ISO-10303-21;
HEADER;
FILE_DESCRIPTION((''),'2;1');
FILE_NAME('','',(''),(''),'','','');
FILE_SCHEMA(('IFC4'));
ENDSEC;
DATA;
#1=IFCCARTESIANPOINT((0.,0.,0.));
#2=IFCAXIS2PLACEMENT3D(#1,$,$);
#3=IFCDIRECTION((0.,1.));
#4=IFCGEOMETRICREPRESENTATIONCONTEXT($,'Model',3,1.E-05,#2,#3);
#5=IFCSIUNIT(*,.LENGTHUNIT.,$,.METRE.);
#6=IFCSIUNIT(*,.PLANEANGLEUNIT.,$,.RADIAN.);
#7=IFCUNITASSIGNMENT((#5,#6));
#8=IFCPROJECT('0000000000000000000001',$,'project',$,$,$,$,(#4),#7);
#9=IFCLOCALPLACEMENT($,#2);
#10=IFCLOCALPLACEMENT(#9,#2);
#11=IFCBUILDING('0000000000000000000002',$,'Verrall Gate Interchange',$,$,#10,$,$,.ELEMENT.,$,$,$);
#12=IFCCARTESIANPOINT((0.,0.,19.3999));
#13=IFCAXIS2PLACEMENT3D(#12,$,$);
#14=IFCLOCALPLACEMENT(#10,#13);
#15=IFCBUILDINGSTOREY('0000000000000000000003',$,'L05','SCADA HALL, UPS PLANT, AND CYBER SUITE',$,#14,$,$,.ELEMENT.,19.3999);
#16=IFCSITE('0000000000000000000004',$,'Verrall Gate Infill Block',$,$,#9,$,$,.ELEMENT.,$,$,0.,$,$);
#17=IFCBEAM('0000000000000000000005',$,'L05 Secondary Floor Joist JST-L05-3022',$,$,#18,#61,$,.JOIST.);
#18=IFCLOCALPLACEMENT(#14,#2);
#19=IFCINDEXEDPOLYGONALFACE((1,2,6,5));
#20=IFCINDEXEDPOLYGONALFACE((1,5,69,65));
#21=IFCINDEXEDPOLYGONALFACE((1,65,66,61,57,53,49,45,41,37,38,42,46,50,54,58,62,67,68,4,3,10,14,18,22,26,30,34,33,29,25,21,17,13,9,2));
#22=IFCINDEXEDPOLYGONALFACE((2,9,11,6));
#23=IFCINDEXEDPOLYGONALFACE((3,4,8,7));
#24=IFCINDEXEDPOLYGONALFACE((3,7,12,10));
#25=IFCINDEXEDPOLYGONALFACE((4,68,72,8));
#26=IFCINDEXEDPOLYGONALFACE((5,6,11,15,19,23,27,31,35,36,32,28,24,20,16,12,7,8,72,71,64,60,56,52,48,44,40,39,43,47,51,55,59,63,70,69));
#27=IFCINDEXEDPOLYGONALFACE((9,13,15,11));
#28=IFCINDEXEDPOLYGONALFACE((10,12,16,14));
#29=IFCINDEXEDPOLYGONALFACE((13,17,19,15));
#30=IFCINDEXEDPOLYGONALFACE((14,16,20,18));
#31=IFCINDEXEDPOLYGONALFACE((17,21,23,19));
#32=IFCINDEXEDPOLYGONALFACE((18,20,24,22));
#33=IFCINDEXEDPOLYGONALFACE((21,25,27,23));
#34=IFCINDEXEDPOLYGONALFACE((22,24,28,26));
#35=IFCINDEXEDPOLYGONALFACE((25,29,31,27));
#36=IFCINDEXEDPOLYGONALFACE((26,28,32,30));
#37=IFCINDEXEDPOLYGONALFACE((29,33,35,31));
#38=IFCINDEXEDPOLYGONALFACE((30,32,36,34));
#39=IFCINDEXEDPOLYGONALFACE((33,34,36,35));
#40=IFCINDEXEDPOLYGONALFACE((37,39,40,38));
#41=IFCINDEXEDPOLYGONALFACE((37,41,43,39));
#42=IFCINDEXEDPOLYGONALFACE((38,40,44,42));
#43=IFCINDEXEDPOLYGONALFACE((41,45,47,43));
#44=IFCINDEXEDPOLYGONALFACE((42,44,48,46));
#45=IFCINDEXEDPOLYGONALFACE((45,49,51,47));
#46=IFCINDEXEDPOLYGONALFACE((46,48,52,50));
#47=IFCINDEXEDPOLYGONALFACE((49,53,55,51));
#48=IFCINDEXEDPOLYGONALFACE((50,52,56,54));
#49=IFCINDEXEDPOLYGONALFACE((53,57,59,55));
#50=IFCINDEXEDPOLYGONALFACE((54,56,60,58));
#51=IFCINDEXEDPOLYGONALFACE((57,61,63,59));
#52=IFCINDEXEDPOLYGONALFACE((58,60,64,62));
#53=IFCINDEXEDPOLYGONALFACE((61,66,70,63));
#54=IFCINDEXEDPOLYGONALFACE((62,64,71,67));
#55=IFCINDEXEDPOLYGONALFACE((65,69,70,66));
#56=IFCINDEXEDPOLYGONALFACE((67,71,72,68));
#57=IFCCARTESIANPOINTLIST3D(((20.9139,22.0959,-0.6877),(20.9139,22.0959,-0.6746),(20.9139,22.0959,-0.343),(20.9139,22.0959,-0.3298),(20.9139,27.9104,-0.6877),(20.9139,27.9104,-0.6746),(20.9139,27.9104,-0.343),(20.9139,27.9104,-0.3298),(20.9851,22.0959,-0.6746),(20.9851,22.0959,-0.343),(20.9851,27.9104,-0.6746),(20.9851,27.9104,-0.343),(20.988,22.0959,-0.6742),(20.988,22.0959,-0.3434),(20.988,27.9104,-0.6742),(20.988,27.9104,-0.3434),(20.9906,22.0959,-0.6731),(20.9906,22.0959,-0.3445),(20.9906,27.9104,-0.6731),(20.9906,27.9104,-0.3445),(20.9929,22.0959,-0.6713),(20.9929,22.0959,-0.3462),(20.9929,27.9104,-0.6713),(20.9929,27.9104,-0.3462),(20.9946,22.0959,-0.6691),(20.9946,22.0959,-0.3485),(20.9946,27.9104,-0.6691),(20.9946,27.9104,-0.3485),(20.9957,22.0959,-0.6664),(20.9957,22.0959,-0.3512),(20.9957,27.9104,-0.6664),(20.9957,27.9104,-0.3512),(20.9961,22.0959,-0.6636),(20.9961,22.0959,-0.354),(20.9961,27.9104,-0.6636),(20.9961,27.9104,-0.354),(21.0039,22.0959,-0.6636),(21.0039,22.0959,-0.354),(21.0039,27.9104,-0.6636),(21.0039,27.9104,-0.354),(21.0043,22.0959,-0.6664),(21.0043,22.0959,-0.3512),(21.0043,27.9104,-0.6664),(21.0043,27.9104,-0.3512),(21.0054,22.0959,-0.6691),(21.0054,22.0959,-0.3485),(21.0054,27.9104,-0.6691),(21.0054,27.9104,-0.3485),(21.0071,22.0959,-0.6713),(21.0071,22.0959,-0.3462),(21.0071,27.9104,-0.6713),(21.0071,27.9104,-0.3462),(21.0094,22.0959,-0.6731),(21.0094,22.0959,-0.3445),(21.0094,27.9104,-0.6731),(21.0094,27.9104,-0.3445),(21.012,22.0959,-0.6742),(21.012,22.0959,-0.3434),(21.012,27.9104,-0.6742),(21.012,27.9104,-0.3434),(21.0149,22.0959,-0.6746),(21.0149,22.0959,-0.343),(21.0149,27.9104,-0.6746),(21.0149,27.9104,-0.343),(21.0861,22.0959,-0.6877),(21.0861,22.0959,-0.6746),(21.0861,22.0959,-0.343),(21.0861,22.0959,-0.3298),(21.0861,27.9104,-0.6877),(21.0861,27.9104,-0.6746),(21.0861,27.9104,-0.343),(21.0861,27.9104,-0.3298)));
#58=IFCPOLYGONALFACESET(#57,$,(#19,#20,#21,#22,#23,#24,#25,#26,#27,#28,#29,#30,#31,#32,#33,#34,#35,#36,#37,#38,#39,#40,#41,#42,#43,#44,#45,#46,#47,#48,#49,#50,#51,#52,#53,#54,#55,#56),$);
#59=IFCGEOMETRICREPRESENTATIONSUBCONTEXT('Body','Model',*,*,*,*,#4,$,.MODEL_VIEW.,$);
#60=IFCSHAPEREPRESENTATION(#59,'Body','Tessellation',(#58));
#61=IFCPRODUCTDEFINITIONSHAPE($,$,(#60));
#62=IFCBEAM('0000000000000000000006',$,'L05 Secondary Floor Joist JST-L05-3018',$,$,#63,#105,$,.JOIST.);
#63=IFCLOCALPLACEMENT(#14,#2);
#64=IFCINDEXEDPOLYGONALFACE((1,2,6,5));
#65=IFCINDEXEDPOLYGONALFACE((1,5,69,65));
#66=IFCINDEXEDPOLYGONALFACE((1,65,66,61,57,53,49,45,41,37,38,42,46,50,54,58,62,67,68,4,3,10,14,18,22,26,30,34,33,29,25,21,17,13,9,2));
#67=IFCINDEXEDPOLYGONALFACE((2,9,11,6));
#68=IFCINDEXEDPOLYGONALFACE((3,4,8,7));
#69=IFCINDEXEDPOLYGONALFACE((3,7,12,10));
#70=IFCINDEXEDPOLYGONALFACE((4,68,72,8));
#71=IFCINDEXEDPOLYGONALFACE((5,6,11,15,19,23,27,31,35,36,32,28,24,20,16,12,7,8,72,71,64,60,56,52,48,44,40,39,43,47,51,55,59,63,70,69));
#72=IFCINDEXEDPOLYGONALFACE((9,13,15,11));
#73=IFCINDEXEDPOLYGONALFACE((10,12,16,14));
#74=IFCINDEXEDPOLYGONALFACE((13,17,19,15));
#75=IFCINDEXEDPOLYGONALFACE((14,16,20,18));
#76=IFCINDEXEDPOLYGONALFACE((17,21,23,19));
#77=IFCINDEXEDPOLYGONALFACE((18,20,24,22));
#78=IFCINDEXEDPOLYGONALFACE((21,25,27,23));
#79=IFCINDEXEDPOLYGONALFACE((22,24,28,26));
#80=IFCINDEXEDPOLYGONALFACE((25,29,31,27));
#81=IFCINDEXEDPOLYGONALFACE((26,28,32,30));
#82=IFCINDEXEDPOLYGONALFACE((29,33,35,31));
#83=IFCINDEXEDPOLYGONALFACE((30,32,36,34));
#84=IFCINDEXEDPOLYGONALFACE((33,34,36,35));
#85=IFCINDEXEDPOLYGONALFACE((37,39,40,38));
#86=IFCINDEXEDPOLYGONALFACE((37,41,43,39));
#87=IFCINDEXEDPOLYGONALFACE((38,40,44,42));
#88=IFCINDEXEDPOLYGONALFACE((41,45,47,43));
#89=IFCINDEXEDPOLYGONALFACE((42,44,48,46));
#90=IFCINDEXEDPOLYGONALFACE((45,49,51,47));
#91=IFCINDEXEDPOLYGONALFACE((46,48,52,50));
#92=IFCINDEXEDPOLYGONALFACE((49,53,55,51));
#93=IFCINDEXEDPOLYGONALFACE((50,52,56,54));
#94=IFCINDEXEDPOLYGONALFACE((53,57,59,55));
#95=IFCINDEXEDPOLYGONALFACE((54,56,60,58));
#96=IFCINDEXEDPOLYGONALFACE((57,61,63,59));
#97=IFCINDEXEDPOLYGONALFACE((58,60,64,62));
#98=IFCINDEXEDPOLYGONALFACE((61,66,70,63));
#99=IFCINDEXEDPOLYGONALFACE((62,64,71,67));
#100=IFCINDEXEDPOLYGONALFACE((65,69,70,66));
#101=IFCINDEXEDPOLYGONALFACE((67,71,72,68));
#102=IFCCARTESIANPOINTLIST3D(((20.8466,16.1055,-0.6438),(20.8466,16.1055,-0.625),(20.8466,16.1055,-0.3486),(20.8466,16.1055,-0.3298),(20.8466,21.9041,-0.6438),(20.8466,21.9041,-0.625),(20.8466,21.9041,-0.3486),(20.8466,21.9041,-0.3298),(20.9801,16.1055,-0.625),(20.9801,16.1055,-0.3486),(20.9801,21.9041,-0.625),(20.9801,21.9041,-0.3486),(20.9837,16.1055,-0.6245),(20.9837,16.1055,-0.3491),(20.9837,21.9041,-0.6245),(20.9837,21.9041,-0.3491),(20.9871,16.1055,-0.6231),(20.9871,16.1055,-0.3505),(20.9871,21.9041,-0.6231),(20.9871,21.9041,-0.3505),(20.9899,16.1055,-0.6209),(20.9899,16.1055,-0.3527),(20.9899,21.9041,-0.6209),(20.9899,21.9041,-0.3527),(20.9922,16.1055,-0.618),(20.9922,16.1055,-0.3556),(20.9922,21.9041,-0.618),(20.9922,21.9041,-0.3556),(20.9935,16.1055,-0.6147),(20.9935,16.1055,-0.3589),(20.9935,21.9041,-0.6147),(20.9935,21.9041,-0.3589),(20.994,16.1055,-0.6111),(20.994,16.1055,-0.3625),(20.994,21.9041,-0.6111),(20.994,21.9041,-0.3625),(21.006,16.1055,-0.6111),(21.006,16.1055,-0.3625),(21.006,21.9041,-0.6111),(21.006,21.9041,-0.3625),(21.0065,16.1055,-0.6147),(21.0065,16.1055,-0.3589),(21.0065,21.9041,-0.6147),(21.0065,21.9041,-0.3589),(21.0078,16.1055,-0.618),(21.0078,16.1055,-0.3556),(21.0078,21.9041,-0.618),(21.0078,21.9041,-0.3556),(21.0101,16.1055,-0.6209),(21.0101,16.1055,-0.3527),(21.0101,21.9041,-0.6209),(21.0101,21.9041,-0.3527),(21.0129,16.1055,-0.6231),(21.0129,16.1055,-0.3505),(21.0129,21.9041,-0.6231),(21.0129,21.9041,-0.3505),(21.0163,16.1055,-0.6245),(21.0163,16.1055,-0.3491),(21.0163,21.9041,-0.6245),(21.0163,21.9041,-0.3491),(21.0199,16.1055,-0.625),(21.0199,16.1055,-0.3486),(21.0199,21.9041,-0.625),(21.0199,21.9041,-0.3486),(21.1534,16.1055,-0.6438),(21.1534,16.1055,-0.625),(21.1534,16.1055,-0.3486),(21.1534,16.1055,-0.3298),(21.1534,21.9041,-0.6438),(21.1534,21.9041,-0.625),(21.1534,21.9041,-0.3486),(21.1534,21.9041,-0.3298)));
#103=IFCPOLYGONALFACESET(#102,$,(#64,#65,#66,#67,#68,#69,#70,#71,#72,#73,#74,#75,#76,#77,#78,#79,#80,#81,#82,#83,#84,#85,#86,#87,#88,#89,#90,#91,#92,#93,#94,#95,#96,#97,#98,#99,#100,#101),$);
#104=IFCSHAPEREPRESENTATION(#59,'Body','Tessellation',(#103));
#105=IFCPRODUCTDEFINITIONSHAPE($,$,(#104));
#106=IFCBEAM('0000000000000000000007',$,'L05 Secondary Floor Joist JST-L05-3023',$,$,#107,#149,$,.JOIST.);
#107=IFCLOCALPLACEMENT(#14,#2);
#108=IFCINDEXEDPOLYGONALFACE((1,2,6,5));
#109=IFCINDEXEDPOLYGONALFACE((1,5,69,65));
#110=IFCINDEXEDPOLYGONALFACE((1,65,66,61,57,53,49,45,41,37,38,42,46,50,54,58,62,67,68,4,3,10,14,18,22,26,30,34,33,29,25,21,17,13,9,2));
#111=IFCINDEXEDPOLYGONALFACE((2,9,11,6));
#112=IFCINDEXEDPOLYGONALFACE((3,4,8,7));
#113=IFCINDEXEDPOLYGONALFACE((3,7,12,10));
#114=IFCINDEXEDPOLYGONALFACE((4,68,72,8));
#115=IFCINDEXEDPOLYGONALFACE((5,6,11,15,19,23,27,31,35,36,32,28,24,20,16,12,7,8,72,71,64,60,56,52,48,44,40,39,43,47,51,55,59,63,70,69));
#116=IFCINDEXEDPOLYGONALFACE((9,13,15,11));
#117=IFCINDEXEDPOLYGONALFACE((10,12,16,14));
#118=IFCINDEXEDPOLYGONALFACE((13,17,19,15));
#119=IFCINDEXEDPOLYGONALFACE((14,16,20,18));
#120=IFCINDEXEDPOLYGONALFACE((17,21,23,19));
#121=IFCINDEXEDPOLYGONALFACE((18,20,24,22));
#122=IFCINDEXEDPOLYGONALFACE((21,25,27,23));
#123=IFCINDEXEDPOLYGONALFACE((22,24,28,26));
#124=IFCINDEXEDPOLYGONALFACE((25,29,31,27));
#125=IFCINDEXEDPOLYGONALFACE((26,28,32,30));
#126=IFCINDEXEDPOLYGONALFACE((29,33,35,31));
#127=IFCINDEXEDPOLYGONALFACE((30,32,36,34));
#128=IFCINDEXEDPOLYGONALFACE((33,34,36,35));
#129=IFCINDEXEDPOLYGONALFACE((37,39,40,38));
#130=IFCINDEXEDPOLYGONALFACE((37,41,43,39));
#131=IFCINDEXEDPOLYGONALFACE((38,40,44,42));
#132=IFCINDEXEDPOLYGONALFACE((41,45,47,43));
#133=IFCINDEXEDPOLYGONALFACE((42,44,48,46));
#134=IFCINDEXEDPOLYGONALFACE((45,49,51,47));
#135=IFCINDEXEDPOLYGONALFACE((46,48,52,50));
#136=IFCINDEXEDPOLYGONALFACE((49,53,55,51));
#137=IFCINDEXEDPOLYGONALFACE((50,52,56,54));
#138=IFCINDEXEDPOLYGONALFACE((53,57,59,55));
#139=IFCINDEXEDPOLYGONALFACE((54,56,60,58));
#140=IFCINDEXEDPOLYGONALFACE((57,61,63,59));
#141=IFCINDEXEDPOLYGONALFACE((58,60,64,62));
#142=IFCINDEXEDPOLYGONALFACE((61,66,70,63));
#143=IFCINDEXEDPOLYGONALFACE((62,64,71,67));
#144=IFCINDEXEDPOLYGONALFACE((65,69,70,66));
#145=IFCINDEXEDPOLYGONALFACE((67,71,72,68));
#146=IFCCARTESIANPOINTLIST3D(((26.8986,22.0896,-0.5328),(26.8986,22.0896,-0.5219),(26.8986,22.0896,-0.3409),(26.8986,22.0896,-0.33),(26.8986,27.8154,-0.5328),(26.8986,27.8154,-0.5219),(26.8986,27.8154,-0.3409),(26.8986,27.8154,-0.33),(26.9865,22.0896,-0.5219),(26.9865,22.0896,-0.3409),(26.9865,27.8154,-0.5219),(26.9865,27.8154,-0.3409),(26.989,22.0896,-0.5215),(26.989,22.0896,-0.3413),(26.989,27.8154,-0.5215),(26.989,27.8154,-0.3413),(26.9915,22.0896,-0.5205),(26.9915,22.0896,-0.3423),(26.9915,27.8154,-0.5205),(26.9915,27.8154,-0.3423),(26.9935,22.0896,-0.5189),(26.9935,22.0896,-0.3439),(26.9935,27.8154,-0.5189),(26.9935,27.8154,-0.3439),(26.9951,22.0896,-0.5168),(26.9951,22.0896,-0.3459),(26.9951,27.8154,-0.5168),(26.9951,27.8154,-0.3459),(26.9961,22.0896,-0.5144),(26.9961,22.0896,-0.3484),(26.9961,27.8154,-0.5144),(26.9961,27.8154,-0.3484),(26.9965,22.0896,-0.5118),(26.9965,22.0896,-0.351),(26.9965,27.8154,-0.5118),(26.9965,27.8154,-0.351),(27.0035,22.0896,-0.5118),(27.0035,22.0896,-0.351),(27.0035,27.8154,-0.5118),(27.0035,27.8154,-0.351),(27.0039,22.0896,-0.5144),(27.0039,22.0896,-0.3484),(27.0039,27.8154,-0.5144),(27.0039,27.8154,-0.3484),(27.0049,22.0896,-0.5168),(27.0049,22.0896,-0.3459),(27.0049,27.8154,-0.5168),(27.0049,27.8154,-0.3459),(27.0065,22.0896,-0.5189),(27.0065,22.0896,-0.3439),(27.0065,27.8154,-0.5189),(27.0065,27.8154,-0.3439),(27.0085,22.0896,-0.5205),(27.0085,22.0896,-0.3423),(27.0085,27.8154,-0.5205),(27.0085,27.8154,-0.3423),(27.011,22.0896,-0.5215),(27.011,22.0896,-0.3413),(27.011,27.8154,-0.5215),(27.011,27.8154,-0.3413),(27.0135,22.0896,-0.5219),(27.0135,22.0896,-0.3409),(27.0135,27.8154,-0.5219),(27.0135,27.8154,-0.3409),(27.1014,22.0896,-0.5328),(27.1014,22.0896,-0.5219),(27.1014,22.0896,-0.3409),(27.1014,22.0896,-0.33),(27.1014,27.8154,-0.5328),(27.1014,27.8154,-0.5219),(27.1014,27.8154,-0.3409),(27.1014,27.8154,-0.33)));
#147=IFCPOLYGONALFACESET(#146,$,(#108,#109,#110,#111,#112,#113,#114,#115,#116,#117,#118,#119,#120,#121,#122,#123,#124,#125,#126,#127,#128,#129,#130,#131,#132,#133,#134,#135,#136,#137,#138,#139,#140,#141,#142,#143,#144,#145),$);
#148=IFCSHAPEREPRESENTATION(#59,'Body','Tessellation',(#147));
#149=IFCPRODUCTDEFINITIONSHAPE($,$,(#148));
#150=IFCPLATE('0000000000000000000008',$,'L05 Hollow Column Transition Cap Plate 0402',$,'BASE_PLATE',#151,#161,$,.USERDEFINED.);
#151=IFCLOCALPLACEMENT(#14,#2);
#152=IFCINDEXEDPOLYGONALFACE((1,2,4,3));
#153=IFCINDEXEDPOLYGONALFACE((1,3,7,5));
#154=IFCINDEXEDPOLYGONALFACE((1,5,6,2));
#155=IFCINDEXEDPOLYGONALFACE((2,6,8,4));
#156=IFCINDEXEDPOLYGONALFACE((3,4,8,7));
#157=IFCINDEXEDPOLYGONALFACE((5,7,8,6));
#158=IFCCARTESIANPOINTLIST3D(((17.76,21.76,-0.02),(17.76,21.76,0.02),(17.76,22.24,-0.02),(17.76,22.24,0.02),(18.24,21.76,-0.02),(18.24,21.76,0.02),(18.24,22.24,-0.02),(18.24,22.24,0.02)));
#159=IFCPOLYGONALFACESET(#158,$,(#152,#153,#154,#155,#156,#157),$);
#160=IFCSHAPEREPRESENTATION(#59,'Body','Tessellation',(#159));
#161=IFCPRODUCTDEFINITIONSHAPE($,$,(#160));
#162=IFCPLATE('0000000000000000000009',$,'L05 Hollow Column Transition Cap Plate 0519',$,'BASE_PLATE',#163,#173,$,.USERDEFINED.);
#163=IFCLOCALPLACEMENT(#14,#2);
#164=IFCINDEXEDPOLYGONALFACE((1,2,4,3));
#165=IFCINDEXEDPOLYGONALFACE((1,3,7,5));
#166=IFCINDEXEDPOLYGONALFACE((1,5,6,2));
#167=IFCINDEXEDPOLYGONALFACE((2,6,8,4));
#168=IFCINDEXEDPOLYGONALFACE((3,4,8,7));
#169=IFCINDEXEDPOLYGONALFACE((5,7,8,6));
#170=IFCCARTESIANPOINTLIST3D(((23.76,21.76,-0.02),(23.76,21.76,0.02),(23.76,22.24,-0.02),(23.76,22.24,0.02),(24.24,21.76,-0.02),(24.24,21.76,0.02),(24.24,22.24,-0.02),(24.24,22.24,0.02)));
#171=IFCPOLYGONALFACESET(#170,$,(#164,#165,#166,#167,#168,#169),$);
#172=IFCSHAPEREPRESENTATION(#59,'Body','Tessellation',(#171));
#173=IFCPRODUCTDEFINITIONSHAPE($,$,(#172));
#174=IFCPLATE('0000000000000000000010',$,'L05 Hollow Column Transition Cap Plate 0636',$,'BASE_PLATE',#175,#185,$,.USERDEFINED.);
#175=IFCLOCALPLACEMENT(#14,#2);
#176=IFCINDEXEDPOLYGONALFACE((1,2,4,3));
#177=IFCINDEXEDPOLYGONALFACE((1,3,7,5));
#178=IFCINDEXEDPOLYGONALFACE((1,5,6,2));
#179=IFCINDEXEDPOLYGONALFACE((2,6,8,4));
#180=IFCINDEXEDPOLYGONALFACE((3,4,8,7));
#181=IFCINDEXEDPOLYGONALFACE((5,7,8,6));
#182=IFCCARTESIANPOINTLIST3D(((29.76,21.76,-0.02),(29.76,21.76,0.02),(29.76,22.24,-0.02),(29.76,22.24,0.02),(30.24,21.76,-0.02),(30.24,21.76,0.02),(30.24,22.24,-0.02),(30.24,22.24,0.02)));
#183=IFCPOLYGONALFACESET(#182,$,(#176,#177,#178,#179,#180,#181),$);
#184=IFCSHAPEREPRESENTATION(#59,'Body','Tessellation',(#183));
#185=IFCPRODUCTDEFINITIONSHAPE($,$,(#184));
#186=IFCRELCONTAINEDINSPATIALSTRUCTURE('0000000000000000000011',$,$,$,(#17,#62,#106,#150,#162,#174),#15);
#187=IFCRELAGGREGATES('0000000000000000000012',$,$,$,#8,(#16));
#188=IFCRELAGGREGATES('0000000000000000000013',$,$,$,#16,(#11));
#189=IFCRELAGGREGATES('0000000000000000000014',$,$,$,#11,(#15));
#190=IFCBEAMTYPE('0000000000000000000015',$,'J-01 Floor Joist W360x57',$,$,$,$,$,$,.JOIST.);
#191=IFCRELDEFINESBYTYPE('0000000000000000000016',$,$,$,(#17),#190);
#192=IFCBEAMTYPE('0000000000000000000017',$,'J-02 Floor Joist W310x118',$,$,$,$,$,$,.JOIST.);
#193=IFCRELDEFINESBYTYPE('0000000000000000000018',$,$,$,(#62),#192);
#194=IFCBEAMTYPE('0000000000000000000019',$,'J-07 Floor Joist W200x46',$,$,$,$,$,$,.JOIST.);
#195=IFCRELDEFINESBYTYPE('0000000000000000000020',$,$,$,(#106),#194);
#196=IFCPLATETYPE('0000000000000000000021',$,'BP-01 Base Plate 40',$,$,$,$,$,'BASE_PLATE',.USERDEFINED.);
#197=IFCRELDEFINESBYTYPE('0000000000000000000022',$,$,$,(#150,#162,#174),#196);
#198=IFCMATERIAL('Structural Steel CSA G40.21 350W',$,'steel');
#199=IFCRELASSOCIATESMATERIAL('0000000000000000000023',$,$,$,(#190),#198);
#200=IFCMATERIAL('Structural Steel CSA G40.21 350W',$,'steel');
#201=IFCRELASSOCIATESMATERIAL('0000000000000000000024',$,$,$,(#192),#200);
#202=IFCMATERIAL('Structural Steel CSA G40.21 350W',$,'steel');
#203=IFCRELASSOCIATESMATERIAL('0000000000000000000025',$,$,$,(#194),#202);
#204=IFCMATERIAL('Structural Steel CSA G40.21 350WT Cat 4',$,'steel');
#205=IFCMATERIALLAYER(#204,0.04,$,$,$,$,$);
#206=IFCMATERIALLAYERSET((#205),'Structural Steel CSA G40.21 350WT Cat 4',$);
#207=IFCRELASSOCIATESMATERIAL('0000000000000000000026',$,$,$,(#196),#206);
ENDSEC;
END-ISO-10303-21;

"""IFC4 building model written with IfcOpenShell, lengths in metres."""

from ifc_helpers import new_model, si_unit, direction, frame, origin, origin_2d, place, context, subcontext, project, spatial, rectangle, i_section, extrude, material, layer, layer_set, material_profile, profile_set, type_object, element, save


model = new_model("IFC4")

# Units and contexts
model_context = context("Model", 3, precision=1e-05, world=origin(), true_north=direction((0.0, 1.0)))
body_context = subcontext(model_context, "Body", "Model", "MODEL_VIEW")
ifc_project = project(units=[si_unit("LENGTHUNIT", "METRE"), si_unit("PLANEANGLEUNIT", "RADIAN")], contexts=[model_context])

# Site, building, storey
site_placement = place(None, origin())
site = spatial("IfcSite", under=ifc_project, at=site_placement, Name="Verrall Gate Infill Block", CompositionType="ELEMENT", RefElevation=0.0)
building_placement = place(site_placement, origin())
building = spatial("IfcBuilding", under=site, at=building_placement, Name="Verrall Gate Interchange", CompositionType="ELEMENT")
storey_placement = place(building_placement, frame((0.0, 0.0, 19.3999)))
storey = spatial("IfcBuildingStorey", under=building, at=storey_placement, Name="L05", Description="SCADA HALL, UPS PLANT, AND CYBER SUITE", CompositionType="ELEMENT", Elevation=19.3999)

# Beams
ifc_material_1 = material(Name="Structural Steel CSA G40.21 350W", Category="steel")
ifc_material_profile_1 = material_profile(ifc_material_1, i_section(OverallWidth=0.1721, OverallDepth=0.3579, WebThickness=0.0078, FlangeThickness=0.0132, FilletRadius=0.011, at=origin_2d()), Name="W360x57")
ifc_profile_set_1 = profile_set([ifc_material_profile_1], Name="Structural Steel CSA G40.21 350W")
beam_type_1 = type_object("IfcBeamType", Name="J-01 Floor Joist W360x57", PredefinedType="JOIST", material=ifc_profile_set_1)
for number, where, z_axis, x_axis, name in (
    (1, (21.0, 22.0959, -0.5088), (0.0, 1.0, 0.0), (-1.0, 0.0, 0.0), "L05 Secondary Floor Joist JST-L05-3022"),
):
    element("IfcBeam", number, at=place(storey_placement, frame(where, z_axis=z_axis, x_axis=x_axis)), inside=storey, type_object=beam_type_1, Name=name, PredefinedType="JOIST", context=body_context, shape_type="SweptSolid", body=[
        extrude(i_section(OverallWidth=0.1721, OverallDepth=0.3579, WebThickness=0.0078, FlangeThickness=0.0132, FilletRadius=0.011, at=origin_2d()), origin(), (0.0, 0.0, 1.0), 5.8145),
    ])
ifc_material_2 = material(Name="Structural Steel CSA G40.21 350W", Category="steel")
ifc_material_profile_2 = material_profile(ifc_material_2, i_section(OverallWidth=0.3069, OverallDepth=0.314, WebThickness=0.012, FlangeThickness=0.0188, FilletRadius=0.0139, at=origin_2d()), Name="W310x118")
ifc_profile_set_2 = profile_set([ifc_material_profile_2], Name="Structural Steel CSA G40.21 350W")
beam_type_2 = type_object("IfcBeamType", Name="J-02 Floor Joist W310x118", PredefinedType="JOIST", material=ifc_profile_set_2)
beam_1_placement = place(storey_placement, frame((21.0, 16.1055, -0.4868), z_axis=(0.0, 1.0, 0.0), x_axis=(-1.0, 0.0, 0.0)))
element("IfcBeam", 2, at=beam_1_placement, inside=storey, type_object=beam_type_2, Name="L05 Secondary Floor Joist JST-L05-3018", PredefinedType="JOIST", context=body_context, shape_type="SweptSolid", body=[
    extrude(i_section(OverallWidth=0.3069, OverallDepth=0.314, WebThickness=0.012, FlangeThickness=0.0188, FilletRadius=0.0139, at=origin_2d()), origin(), (0.0, 0.0, 1.0), 5.7986),
])
ifc_material_3 = material(Name="Structural Steel CSA G40.21 350W", Category="steel")
ifc_material_profile_3 = material_profile(ifc_material_3, i_section(OverallWidth=0.2029, OverallDepth=0.2029, WebThickness=0.0071, FlangeThickness=0.011, FilletRadius=0.01, at=origin_2d()), Name="W200x46")
ifc_profile_set_3 = profile_set([ifc_material_profile_3], Name="Structural Steel CSA G40.21 350W")
beam_type_3 = type_object("IfcBeamType", Name="J-07 Floor Joist W200x46", PredefinedType="JOIST", material=ifc_profile_set_3)
beam_2_placement = place(storey_placement, frame((27.0, 22.0896, -0.4314), z_axis=(0.0, 1.0, 0.0), x_axis=(-1.0, 0.0, 0.0)))
element("IfcBeam", 3, at=beam_2_placement, inside=storey, type_object=beam_type_3, Name="L05 Secondary Floor Joist JST-L05-3023", PredefinedType="JOIST", context=body_context, shape_type="SweptSolid", body=[
    extrude(i_section(OverallWidth=0.2029, OverallDepth=0.2029, WebThickness=0.0071, FlangeThickness=0.011, FilletRadius=0.01, at=origin_2d()), origin(), (0.0, 0.0, 1.0), 5.7258),
])

# Plates
ifc_material_4 = material(Name="Structural Steel CSA G40.21 350WT Cat 4", Category="steel")
ifc_layer_1 = layer(ifc_material_4, 0.04)
ifc_layer_set_1 = layer_set([ifc_layer_1], Name="Structural Steel CSA G40.21 350WT Cat 4")
plate_type = type_object("IfcPlateType", Name="BP-01 Base Plate 40", ElementType="BASE_PLATE", PredefinedType="USERDEFINED", material=ifc_layer_set_1)
for number, where, z_axis, x_axis, name in (
    (4, (18.0, 22.0, -0.02), (0.0, 0.0, 1.0), (1.0, 0.0, 0.0), "L05 Hollow Column Transition Cap Plate 0402"),
    (5, (24.0, 22.0, -0.02), (0.0, 0.0, 1.0), (1.0, 0.0, 0.0), "L05 Hollow Column Transition Cap Plate 0519"),
    (6, (30.0, 22.0, -0.02), (0.0, 0.0, 1.0), (1.0, 0.0, 0.0), "L05 Hollow Column Transition Cap Plate 0636"),
):
    element("IfcPlate", number, at=place(storey_placement, frame(where, z_axis=z_axis, x_axis=x_axis)), inside=storey, type_object=plate_type, Name=name, ObjectType="BASE_PLATE", PredefinedType="USERDEFINED", context=body_context, shape_type="SweptSolid", body=[
        extrude(rectangle(XDim=0.48, YDim=0.48, at=origin_2d()), origin(), (0.0, 0.0, 1.0), 0.04),
    ])

save(model, "model.ifc")
